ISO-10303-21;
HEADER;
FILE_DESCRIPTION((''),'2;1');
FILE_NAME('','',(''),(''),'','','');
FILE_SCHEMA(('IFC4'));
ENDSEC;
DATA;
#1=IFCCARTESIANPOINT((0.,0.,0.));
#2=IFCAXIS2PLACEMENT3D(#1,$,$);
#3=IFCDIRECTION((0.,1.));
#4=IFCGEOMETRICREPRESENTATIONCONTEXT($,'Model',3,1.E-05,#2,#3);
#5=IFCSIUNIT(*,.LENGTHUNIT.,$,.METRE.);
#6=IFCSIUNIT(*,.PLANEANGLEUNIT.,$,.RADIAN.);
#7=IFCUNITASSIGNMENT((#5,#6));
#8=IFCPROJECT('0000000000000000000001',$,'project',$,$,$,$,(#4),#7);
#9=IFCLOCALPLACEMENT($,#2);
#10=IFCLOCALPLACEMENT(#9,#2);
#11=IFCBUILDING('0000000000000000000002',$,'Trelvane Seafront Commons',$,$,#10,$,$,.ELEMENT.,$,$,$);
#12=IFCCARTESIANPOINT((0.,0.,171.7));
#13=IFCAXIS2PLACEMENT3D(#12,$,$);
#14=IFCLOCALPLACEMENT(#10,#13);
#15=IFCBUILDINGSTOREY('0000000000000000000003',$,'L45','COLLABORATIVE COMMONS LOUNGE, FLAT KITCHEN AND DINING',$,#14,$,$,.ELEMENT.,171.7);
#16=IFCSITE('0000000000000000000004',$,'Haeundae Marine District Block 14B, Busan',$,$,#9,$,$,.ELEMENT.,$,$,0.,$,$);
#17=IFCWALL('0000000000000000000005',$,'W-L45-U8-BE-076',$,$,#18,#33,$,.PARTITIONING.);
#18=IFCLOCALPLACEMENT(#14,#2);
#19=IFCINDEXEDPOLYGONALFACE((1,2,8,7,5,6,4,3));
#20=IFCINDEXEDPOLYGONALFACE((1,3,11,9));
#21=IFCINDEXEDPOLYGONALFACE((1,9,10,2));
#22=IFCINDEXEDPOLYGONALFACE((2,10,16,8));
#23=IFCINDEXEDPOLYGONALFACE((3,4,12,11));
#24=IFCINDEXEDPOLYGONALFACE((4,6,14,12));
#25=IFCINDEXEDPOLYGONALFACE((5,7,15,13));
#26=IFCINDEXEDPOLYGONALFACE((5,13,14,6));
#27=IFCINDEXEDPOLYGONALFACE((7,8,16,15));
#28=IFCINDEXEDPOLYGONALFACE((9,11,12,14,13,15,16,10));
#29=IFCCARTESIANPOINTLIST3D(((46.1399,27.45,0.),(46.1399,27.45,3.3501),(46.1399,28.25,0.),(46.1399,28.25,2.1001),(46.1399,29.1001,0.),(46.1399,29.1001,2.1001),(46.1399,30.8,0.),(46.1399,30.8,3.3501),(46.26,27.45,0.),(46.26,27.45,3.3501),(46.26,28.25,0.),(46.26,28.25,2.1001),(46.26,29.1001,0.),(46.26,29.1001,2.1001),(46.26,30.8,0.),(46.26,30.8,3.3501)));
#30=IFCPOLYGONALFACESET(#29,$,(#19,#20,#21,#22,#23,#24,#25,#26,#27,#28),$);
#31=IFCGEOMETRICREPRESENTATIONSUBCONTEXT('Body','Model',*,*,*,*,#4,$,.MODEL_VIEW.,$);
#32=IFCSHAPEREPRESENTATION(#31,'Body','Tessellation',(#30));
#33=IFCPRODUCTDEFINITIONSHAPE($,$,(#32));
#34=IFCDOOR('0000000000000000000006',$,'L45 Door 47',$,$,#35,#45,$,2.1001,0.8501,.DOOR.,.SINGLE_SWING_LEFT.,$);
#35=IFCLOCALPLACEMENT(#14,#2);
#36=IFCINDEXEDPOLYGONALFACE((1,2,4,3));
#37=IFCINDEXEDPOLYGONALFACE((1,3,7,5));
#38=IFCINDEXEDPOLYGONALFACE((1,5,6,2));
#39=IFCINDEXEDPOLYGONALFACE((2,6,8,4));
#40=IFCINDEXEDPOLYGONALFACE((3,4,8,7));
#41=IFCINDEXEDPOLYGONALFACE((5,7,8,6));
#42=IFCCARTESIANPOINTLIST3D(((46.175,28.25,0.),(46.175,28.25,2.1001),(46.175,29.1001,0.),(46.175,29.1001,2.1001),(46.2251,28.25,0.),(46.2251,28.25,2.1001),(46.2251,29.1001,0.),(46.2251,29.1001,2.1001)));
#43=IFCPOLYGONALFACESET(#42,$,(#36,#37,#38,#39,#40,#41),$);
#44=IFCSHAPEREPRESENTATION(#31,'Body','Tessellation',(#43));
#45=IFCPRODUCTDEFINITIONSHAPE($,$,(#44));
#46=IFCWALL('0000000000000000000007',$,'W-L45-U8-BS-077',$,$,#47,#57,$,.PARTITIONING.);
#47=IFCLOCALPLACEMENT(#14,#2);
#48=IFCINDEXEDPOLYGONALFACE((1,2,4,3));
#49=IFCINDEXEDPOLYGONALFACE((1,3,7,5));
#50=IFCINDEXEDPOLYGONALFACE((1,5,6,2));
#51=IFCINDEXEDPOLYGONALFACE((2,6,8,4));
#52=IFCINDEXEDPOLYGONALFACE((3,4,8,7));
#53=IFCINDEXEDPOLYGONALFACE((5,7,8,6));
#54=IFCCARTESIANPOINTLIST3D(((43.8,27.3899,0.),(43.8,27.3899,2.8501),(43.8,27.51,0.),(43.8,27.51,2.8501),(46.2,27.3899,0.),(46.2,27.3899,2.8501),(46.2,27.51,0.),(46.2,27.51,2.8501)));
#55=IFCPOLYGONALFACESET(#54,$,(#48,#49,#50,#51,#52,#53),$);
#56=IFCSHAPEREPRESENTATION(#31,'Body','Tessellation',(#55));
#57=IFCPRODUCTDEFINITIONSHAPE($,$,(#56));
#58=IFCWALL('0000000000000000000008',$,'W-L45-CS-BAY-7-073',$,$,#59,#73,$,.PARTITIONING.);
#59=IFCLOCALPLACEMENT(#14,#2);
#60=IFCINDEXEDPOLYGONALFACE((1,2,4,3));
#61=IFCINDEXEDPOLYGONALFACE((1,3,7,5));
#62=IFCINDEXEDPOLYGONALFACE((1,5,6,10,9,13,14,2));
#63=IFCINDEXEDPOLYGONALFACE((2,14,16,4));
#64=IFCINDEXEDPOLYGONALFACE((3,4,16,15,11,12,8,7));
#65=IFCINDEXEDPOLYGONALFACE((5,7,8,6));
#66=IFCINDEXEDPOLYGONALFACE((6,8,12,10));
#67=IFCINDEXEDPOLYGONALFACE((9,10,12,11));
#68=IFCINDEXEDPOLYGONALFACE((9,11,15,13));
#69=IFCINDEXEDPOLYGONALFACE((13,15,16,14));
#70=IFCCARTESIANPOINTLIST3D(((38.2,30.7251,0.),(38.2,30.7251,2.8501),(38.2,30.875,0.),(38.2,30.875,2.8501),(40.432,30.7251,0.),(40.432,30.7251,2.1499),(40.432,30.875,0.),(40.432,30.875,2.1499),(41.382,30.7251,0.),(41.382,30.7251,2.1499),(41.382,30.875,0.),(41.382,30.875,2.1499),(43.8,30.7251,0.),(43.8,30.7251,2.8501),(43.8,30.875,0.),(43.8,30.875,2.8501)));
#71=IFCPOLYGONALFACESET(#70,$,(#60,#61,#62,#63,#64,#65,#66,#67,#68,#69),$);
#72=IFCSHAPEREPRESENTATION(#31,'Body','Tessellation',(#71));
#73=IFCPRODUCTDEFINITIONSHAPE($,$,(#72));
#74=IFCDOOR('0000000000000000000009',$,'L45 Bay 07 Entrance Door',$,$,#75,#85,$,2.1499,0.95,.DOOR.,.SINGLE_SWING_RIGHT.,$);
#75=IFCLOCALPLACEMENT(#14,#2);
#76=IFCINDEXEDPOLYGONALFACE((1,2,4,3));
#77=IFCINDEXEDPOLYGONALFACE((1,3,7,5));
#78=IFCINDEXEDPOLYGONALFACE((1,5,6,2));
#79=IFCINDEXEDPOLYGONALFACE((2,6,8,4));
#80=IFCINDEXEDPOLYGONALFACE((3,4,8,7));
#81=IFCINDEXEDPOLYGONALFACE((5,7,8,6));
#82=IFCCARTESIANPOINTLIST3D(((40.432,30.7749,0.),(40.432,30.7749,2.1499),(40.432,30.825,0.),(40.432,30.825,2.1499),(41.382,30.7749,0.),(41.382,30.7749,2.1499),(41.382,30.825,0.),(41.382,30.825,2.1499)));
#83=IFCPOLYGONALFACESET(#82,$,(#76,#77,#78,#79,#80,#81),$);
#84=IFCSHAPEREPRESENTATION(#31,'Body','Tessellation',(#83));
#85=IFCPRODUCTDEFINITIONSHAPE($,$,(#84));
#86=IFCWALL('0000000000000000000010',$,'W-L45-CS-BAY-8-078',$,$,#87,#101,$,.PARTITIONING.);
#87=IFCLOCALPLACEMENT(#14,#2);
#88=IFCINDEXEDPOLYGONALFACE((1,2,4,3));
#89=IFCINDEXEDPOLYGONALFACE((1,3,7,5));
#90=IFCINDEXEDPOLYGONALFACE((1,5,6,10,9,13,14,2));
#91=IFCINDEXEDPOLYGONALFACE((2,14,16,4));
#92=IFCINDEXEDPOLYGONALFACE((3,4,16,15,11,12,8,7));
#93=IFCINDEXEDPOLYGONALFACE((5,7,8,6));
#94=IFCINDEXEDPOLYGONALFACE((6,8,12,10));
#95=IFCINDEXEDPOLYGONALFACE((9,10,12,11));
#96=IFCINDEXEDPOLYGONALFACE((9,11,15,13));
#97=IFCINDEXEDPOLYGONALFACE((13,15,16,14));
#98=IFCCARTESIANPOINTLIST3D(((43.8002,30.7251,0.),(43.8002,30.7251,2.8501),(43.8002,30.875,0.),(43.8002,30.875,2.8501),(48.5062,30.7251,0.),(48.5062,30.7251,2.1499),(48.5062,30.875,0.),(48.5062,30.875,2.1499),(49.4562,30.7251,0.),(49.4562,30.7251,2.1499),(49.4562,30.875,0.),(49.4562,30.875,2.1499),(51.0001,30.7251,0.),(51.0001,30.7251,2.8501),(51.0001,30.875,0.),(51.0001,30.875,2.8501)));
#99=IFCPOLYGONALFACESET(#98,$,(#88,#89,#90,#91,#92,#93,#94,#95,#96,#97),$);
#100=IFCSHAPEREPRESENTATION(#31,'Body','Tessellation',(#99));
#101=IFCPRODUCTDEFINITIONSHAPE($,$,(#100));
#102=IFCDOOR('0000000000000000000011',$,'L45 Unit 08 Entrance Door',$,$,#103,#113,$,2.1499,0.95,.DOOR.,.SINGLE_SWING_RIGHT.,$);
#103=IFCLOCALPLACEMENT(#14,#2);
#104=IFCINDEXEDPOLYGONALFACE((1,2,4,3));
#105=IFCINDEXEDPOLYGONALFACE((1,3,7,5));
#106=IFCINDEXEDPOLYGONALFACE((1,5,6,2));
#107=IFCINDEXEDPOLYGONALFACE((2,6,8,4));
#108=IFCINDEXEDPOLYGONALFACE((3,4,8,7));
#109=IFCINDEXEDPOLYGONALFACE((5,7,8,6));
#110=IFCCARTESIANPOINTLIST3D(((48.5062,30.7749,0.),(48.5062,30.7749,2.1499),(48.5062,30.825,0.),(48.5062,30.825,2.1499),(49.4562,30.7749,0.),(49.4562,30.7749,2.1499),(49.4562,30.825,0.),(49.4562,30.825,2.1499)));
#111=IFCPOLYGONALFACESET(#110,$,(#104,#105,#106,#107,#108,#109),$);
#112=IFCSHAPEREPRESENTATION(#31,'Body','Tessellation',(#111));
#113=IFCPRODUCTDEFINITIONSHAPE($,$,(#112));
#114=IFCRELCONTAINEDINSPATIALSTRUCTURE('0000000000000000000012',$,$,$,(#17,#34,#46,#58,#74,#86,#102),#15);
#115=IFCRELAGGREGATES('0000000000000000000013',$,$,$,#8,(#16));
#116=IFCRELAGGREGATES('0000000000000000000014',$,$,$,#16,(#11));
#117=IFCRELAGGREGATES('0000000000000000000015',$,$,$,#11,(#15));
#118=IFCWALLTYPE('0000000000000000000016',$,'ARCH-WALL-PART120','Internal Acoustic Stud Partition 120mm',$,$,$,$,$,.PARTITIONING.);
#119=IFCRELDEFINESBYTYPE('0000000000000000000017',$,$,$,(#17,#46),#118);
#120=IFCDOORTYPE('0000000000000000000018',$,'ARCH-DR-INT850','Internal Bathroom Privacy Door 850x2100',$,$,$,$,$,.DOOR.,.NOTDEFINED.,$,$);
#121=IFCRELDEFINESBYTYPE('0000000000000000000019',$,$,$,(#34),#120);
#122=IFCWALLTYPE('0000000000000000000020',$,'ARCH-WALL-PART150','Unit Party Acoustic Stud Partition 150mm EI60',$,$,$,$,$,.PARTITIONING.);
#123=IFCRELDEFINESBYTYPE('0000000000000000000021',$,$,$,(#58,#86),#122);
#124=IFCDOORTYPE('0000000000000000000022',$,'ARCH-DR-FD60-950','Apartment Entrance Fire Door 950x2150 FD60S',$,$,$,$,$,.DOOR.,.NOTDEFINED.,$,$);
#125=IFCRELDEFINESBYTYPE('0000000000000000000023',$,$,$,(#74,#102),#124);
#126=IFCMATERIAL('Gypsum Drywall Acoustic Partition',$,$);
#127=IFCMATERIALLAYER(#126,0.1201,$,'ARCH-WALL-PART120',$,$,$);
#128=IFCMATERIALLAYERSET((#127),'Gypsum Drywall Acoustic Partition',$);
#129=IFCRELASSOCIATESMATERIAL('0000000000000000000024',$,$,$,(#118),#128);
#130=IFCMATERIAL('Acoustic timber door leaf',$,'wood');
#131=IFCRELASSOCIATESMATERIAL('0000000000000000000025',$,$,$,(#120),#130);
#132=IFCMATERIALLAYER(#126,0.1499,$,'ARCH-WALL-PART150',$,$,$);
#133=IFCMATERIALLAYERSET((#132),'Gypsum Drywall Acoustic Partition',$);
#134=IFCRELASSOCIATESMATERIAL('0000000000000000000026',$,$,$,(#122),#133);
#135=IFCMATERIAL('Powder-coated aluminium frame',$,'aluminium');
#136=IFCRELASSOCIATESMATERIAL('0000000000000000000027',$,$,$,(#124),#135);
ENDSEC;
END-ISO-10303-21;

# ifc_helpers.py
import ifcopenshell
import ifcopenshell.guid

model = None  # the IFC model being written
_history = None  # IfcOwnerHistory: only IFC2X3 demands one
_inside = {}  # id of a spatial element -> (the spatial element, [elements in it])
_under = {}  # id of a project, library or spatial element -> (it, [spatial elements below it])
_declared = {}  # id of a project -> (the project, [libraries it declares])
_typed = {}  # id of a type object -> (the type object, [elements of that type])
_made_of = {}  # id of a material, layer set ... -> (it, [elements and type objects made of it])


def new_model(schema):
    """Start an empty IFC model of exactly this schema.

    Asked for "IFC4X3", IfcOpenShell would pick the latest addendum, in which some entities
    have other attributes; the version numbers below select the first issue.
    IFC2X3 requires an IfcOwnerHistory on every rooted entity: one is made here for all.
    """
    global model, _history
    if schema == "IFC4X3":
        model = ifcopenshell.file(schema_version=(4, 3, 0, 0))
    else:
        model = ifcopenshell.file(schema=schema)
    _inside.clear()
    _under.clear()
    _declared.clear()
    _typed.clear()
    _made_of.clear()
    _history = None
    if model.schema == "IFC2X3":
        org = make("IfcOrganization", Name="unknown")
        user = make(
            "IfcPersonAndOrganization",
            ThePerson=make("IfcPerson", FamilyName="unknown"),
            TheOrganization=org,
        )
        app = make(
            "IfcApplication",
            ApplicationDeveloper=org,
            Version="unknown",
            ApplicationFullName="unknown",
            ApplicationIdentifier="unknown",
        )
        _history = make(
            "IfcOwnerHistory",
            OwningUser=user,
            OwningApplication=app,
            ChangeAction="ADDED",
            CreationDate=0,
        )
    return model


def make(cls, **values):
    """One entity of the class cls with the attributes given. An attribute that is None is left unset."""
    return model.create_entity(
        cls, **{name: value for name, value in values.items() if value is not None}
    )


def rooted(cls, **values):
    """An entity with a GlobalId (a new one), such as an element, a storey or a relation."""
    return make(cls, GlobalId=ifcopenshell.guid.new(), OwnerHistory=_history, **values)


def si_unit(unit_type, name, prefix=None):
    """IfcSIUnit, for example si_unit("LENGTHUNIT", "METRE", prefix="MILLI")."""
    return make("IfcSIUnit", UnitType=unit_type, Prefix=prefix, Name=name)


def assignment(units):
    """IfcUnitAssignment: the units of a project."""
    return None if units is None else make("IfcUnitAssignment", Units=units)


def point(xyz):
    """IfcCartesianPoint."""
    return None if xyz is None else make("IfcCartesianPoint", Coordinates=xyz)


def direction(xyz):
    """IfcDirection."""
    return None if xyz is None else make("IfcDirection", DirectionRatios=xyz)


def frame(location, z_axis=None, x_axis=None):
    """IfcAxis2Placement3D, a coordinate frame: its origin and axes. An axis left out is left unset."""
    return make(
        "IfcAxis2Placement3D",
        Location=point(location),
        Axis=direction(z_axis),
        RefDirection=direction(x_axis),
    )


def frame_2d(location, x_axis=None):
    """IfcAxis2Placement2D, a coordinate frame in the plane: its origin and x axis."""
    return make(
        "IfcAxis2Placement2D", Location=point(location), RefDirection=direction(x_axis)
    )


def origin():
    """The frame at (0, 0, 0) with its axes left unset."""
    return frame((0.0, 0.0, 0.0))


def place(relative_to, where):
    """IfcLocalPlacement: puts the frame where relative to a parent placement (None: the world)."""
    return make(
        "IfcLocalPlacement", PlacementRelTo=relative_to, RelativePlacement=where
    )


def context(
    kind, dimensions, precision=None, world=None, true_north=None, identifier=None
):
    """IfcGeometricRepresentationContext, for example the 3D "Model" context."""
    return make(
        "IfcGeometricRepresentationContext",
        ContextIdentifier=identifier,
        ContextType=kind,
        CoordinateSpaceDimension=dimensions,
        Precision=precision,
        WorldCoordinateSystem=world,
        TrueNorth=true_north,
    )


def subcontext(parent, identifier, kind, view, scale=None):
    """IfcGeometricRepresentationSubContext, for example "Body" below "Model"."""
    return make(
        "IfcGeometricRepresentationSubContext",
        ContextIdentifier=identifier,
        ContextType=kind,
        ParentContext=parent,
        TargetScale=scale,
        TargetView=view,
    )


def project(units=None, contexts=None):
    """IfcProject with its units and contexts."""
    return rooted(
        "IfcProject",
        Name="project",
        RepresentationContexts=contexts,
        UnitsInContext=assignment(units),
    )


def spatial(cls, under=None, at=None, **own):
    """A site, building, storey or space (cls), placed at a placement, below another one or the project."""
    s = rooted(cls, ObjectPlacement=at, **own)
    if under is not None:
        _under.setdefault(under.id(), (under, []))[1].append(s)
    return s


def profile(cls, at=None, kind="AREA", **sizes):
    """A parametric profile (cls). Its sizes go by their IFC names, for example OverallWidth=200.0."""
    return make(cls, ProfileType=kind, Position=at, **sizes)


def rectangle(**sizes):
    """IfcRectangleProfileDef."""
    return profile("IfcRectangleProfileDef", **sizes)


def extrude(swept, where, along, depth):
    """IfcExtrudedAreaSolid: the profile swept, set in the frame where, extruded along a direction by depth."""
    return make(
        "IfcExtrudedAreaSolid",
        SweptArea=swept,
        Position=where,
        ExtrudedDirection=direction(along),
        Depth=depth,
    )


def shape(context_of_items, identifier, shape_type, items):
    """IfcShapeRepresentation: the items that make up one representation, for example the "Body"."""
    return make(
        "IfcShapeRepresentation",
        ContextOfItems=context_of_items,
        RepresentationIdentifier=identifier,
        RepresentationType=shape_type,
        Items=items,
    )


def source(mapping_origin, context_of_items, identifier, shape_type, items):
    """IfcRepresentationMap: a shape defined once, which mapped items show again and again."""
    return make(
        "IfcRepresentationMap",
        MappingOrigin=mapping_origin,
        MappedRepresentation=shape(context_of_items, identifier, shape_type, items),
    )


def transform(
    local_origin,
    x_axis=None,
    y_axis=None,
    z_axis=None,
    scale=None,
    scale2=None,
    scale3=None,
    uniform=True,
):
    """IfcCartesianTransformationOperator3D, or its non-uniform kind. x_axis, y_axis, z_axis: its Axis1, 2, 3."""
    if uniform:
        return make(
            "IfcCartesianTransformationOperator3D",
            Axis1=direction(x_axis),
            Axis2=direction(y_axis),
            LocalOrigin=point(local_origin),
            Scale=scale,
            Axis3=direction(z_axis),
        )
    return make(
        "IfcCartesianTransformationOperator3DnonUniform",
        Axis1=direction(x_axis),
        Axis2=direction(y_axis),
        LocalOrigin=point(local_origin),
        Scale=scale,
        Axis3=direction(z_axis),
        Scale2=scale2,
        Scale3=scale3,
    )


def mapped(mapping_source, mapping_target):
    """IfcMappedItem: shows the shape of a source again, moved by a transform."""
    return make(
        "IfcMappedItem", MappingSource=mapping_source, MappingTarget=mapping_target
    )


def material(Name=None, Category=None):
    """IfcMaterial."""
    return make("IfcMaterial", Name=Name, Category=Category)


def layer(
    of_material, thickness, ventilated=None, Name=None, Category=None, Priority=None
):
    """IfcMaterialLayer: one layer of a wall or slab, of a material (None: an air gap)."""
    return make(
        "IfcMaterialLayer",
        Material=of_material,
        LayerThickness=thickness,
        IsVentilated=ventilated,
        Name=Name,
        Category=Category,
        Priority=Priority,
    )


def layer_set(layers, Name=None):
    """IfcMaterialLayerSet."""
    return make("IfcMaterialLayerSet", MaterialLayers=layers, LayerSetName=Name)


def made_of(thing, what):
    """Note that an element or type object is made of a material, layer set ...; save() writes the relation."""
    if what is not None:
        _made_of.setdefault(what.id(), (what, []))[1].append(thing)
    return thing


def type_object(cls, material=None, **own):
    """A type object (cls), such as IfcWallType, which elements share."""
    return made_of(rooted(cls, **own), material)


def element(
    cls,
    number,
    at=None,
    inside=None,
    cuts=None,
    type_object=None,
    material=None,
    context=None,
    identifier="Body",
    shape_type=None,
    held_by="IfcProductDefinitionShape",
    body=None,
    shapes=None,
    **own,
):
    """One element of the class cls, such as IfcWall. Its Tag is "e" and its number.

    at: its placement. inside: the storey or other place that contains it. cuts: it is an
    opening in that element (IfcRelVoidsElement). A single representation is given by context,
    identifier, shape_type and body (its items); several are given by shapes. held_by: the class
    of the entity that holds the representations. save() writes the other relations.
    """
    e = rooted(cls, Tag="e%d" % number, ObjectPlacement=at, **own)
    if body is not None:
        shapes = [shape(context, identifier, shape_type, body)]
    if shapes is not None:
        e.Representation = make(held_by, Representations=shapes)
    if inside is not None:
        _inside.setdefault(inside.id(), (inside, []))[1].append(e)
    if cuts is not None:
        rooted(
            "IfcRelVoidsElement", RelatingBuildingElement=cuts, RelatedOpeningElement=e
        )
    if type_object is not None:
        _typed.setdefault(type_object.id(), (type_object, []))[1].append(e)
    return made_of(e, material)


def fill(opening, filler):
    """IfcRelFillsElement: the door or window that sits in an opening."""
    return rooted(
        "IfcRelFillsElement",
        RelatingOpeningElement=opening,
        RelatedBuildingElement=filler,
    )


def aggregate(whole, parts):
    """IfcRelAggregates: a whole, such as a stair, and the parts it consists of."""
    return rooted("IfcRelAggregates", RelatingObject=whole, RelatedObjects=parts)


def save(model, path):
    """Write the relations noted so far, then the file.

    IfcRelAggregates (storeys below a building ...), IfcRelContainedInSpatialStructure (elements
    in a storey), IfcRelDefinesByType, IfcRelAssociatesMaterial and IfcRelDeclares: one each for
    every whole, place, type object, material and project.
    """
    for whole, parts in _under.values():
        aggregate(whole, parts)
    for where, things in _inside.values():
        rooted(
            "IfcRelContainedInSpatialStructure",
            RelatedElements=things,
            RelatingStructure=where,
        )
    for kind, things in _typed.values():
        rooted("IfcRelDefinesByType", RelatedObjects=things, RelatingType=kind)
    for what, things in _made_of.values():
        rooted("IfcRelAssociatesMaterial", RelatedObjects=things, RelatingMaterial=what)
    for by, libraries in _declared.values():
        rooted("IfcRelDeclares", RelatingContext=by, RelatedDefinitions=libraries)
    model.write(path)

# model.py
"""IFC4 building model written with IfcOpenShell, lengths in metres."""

from ifc_helpers import new_model, si_unit, direction, frame, frame_2d, origin, place, context, subcontext, project, spatial, rectangle, extrude, source, transform, mapped, material, layer, layer_set, type_object, element, fill, save


model = new_model("IFC4")

# Units and contexts
model_context = context("Model", 3, precision=1e-05, world=origin(), true_north=direction((0.0, 1.0)))
body_context = subcontext(model_context, "Body", "Model", "MODEL_VIEW")
ifc_project = project(units=[si_unit("LENGTHUNIT", "METRE"), si_unit("PLANEANGLEUNIT", "RADIAN")], contexts=[model_context])

# Site, building, storey
site_placement = place(None, origin())
site = spatial("IfcSite", under=ifc_project, at=site_placement, Name="Haeundae Marine District Block 14B, Busan", CompositionType="ELEMENT", RefElevation=0.0)
building_placement = place(site_placement, origin())
building = spatial("IfcBuilding", under=site, at=building_placement, Name="Trelvane Seafront Commons", CompositionType="ELEMENT")
storey_placement = place(building_placement, frame((0.0, 0.0, 171.7)))
storey = spatial("IfcBuildingStorey", under=building, at=storey_placement, Name="L45", Description="COLLABORATIVE COMMONS LOUNGE, FLAT KITCHEN AND DINING", CompositionType="ELEMENT", Elevation=171.7)

# Wall, opening, door
ifc_material_1 = material(Name="Gypsum Drywall Acoustic Partition")
ifc_layer_1 = layer(ifc_material_1, 0.1201, Name="ARCH-WALL-PART120")
ifc_layer_set_1 = layer_set([ifc_layer_1], Name="Gypsum Drywall Acoustic Partition")
wall_type_1 = type_object("IfcWallType", Name="ARCH-WALL-PART120", Description="Internal Acoustic Stud Partition 120mm", PredefinedType="PARTITIONING", material=ifc_layer_set_1)
ifc_material_2 = material(Name="Acoustic timber door leaf", Category="wood")
shared_shape_1 = source(origin(), body_context, "Body", "SweptSolid", [
    extrude(rectangle(XDim=0.95, YDim=2.1499, at=frame_2d((0.4751, 1.075))), frame((0.0, 0.0249, 0.0), z_axis=(0.0, -1.0, 0.0), x_axis=(1.0, 0.0, 0.0)), (0.0, 0.0, 1.0), 0.05),
])
wall_1_placement = place(storey_placement, frame((46.2, 27.45, 0.0), z_axis=(0.0, 0.0, 1.0), x_axis=(0.0, 1.0, 0.0)))
wall_1 = element("IfcWall", 1, at=wall_1_placement, inside=storey, type_object=wall_type_1, Name="W-L45-U8-BE-076", PredefinedType="PARTITIONING", context=body_context, shape_type="SweptSolid", body=[
    extrude(rectangle(XDim=3.3501, YDim=0.1201, at=frame_2d((1.675, 0.0))), origin(), (0.0, 0.0, 1.0), 3.3501),
])
opening_1_placement = place(wall_1_placement, frame((0.8, 0.0, 0.0)))
opening_1 = element("IfcOpeningElement", 2, at=opening_1_placement, cuts=wall_1, PredefinedType="OPENING", context=body_context, shape_type="SweptSolid", body=[
    extrude(rectangle(XDim=0.8501, YDim=2.1001, at=frame_2d((0.425, 1.05))), frame((0.0, 0.0701, 0.0), z_axis=(0.0, -1.0, 0.0), x_axis=(1.0, 0.0, 0.0)), (0.0, 0.0, 1.0), 0.1401),
])
door_type_1 = type_object("IfcDoorType", Name="ARCH-DR-INT850", Description="Internal Bathroom Privacy Door 850x2100", OperationType="NOTDEFINED", PredefinedType="DOOR", material=ifc_material_2)
shared_shape_2 = source(origin(), body_context, "Body", "SweptSolid", [
    extrude(rectangle(XDim=0.8501, YDim=2.1001, at=frame_2d((0.425, 1.05))), frame((0.0, 0.0249, 0.0), z_axis=(0.0, -1.0, 0.0), x_axis=(1.0, 0.0, 0.0)), (0.0, 0.0, 1.0), 0.05),
])
door_1_placement = place(opening_1_placement, origin())
door_1 = element("IfcDoor", 3, at=door_1_placement, inside=storey, type_object=door_type_1, Name="L45 Door 47", OperationType="SINGLE_SWING_LEFT", OverallHeight=2.1001, OverallWidth=0.8501, PredefinedType="DOOR", context=body_context, shape_type="MappedRepresentation", body=[
    mapped(shared_shape_2, transform((0.0, 0.0, 0.0), x_axis=(1.0, 0.0, 0.0), y_axis=(0.0, 1.0, 0.0), z_axis=(0.0, 0.0, 1.0), scale=1.0)),
])
fill(opening_1, door_1)

# Wall
wall_2_placement = place(storey_placement, frame((43.8, 27.45, 0.0), z_axis=(0.0, 0.0, 1.0), x_axis=(1.0, 0.0, 0.0)))
element("IfcWall", 4, at=wall_2_placement, inside=storey, type_object=wall_type_1, Name="W-L45-U8-BS-077", PredefinedType="PARTITIONING", context=body_context, shape_type="SweptSolid", body=[
    extrude(rectangle(XDim=2.3999, YDim=0.1201, at=frame_2d((1.2, 0.0))), origin(), (0.0, 0.0, 1.0), 2.8501),
])

# Walls, openings, doors
ifc_layer_2 = layer(ifc_material_1, 0.1499, Name="ARCH-WALL-PART150")
ifc_layer_set_2 = layer_set([ifc_layer_2], Name="Gypsum Drywall Acoustic Partition")
wall_type_2 = type_object("IfcWallType", Name="ARCH-WALL-PART150", Description="Unit Party Acoustic Stud Partition 150mm EI60", PredefinedType="PARTITIONING", material=ifc_layer_set_2)
wall_3_placement = place(storey_placement, frame((38.2, 30.8, 0.0), z_axis=(0.0, 0.0, 1.0), x_axis=(1.0, 0.0, 0.0)))
wall_3 = element("IfcWall", 5, at=wall_3_placement, inside=storey, type_object=wall_type_2, Name="W-L45-CS-BAY-7-073", PredefinedType="PARTITIONING", context=body_context, shape_type="SweptSolid", body=[
    extrude(rectangle(XDim=5.6001, YDim=0.1499, at=frame_2d((2.8, 0.0))), origin(), (0.0, 0.0, 1.0), 2.8501),
])
opening_2_placement = place(wall_3_placement, frame((2.2319, 0.0, 0.0)))
opening_2 = element("IfcOpeningElement", 6, at=opening_2_placement, cuts=wall_3, PredefinedType="OPENING", context=body_context, shape_type="SweptSolid", body=[
    extrude(rectangle(XDim=0.95, YDim=2.1499, at=frame_2d((0.4751, 1.075))), frame((0.0, 0.085, 0.0), z_axis=(0.0, -1.0, 0.0), x_axis=(1.0, 0.0, 0.0)), (0.0, 0.0, 1.0), 0.1699),
])
ifc_material_3 = material(Name="Powder-coated aluminium frame", Category="aluminium")
door_type_2 = type_object("IfcDoorType", Name="ARCH-DR-FD60-950", Description="Apartment Entrance Fire Door 950x2150 FD60S", OperationType="NOTDEFINED", PredefinedType="DOOR", material=ifc_material_3)
door_2_placement = place(opening_2_placement, origin())
door_2 = element("IfcDoor", 7, at=door_2_placement, inside=storey, type_object=door_type_2, Name="L45 Bay 07 Entrance Door", OperationType="SINGLE_SWING_RIGHT", OverallHeight=2.1499, OverallWidth=0.95, PredefinedType="DOOR", context=body_context, shape_type="MappedRepresentation", body=[
    mapped(shared_shape_1, transform((0.0, 0.0, 0.0), x_axis=(1.0, 0.0, 0.0), y_axis=(0.0, 1.0, 0.0), z_axis=(0.0, 0.0, 1.0), scale=1.0)),
])
fill(opening_2, door_2)
wall_4_placement = place(storey_placement, frame((43.8, 30.8, 0.0), z_axis=(0.0, 0.0, 1.0), x_axis=(1.0, 0.0, 0.0)))
wall_4 = element("IfcWall", 8, at=wall_4_placement, inside=storey, type_object=wall_type_2, Name="W-L45-CS-BAY-8-078", PredefinedType="PARTITIONING", context=body_context, shape_type="SweptSolid", body=[
    extrude(rectangle(XDim=7.2, YDim=0.1499, at=frame_2d((3.6001, 0.0))), origin(), (0.0, 0.0, 1.0), 2.8501),
])
opening_3_placement = place(wall_4_placement, frame((4.7061, 0.0, 0.0)))
opening_3 = element("IfcOpeningElement", 9, at=opening_3_placement, cuts=wall_4, PredefinedType="OPENING", context=body_context, shape_type="SweptSolid", body=[
    extrude(rectangle(XDim=0.95, YDim=2.1499, at=frame_2d((0.4751, 1.075))), frame((0.0, 0.085, 0.0), z_axis=(0.0, -1.0, 0.0), x_axis=(1.0, 0.0, 0.0)), (0.0, 0.0, 1.0), 0.1699),
])
door_3_placement = place(opening_3_placement, origin())
door_3 = element("IfcDoor", 10, at=door_3_placement, inside=storey, type_object=door_type_2, Name="L45 Unit 08 Entrance Door", OperationType="SINGLE_SWING_RIGHT", OverallHeight=2.1499, OverallWidth=0.95, PredefinedType="DOOR", context=body_context, shape_type="MappedRepresentation", body=[
    mapped(shared_shape_1, transform((0.0, 0.0, 0.0), x_axis=(1.0, 0.0, 0.0), y_axis=(0.0, 1.0, 0.0), z_axis=(0.0, 0.0, 1.0), scale=1.0)),
])
fill(opening_3, door_3)

save(model, "model.ifc")
